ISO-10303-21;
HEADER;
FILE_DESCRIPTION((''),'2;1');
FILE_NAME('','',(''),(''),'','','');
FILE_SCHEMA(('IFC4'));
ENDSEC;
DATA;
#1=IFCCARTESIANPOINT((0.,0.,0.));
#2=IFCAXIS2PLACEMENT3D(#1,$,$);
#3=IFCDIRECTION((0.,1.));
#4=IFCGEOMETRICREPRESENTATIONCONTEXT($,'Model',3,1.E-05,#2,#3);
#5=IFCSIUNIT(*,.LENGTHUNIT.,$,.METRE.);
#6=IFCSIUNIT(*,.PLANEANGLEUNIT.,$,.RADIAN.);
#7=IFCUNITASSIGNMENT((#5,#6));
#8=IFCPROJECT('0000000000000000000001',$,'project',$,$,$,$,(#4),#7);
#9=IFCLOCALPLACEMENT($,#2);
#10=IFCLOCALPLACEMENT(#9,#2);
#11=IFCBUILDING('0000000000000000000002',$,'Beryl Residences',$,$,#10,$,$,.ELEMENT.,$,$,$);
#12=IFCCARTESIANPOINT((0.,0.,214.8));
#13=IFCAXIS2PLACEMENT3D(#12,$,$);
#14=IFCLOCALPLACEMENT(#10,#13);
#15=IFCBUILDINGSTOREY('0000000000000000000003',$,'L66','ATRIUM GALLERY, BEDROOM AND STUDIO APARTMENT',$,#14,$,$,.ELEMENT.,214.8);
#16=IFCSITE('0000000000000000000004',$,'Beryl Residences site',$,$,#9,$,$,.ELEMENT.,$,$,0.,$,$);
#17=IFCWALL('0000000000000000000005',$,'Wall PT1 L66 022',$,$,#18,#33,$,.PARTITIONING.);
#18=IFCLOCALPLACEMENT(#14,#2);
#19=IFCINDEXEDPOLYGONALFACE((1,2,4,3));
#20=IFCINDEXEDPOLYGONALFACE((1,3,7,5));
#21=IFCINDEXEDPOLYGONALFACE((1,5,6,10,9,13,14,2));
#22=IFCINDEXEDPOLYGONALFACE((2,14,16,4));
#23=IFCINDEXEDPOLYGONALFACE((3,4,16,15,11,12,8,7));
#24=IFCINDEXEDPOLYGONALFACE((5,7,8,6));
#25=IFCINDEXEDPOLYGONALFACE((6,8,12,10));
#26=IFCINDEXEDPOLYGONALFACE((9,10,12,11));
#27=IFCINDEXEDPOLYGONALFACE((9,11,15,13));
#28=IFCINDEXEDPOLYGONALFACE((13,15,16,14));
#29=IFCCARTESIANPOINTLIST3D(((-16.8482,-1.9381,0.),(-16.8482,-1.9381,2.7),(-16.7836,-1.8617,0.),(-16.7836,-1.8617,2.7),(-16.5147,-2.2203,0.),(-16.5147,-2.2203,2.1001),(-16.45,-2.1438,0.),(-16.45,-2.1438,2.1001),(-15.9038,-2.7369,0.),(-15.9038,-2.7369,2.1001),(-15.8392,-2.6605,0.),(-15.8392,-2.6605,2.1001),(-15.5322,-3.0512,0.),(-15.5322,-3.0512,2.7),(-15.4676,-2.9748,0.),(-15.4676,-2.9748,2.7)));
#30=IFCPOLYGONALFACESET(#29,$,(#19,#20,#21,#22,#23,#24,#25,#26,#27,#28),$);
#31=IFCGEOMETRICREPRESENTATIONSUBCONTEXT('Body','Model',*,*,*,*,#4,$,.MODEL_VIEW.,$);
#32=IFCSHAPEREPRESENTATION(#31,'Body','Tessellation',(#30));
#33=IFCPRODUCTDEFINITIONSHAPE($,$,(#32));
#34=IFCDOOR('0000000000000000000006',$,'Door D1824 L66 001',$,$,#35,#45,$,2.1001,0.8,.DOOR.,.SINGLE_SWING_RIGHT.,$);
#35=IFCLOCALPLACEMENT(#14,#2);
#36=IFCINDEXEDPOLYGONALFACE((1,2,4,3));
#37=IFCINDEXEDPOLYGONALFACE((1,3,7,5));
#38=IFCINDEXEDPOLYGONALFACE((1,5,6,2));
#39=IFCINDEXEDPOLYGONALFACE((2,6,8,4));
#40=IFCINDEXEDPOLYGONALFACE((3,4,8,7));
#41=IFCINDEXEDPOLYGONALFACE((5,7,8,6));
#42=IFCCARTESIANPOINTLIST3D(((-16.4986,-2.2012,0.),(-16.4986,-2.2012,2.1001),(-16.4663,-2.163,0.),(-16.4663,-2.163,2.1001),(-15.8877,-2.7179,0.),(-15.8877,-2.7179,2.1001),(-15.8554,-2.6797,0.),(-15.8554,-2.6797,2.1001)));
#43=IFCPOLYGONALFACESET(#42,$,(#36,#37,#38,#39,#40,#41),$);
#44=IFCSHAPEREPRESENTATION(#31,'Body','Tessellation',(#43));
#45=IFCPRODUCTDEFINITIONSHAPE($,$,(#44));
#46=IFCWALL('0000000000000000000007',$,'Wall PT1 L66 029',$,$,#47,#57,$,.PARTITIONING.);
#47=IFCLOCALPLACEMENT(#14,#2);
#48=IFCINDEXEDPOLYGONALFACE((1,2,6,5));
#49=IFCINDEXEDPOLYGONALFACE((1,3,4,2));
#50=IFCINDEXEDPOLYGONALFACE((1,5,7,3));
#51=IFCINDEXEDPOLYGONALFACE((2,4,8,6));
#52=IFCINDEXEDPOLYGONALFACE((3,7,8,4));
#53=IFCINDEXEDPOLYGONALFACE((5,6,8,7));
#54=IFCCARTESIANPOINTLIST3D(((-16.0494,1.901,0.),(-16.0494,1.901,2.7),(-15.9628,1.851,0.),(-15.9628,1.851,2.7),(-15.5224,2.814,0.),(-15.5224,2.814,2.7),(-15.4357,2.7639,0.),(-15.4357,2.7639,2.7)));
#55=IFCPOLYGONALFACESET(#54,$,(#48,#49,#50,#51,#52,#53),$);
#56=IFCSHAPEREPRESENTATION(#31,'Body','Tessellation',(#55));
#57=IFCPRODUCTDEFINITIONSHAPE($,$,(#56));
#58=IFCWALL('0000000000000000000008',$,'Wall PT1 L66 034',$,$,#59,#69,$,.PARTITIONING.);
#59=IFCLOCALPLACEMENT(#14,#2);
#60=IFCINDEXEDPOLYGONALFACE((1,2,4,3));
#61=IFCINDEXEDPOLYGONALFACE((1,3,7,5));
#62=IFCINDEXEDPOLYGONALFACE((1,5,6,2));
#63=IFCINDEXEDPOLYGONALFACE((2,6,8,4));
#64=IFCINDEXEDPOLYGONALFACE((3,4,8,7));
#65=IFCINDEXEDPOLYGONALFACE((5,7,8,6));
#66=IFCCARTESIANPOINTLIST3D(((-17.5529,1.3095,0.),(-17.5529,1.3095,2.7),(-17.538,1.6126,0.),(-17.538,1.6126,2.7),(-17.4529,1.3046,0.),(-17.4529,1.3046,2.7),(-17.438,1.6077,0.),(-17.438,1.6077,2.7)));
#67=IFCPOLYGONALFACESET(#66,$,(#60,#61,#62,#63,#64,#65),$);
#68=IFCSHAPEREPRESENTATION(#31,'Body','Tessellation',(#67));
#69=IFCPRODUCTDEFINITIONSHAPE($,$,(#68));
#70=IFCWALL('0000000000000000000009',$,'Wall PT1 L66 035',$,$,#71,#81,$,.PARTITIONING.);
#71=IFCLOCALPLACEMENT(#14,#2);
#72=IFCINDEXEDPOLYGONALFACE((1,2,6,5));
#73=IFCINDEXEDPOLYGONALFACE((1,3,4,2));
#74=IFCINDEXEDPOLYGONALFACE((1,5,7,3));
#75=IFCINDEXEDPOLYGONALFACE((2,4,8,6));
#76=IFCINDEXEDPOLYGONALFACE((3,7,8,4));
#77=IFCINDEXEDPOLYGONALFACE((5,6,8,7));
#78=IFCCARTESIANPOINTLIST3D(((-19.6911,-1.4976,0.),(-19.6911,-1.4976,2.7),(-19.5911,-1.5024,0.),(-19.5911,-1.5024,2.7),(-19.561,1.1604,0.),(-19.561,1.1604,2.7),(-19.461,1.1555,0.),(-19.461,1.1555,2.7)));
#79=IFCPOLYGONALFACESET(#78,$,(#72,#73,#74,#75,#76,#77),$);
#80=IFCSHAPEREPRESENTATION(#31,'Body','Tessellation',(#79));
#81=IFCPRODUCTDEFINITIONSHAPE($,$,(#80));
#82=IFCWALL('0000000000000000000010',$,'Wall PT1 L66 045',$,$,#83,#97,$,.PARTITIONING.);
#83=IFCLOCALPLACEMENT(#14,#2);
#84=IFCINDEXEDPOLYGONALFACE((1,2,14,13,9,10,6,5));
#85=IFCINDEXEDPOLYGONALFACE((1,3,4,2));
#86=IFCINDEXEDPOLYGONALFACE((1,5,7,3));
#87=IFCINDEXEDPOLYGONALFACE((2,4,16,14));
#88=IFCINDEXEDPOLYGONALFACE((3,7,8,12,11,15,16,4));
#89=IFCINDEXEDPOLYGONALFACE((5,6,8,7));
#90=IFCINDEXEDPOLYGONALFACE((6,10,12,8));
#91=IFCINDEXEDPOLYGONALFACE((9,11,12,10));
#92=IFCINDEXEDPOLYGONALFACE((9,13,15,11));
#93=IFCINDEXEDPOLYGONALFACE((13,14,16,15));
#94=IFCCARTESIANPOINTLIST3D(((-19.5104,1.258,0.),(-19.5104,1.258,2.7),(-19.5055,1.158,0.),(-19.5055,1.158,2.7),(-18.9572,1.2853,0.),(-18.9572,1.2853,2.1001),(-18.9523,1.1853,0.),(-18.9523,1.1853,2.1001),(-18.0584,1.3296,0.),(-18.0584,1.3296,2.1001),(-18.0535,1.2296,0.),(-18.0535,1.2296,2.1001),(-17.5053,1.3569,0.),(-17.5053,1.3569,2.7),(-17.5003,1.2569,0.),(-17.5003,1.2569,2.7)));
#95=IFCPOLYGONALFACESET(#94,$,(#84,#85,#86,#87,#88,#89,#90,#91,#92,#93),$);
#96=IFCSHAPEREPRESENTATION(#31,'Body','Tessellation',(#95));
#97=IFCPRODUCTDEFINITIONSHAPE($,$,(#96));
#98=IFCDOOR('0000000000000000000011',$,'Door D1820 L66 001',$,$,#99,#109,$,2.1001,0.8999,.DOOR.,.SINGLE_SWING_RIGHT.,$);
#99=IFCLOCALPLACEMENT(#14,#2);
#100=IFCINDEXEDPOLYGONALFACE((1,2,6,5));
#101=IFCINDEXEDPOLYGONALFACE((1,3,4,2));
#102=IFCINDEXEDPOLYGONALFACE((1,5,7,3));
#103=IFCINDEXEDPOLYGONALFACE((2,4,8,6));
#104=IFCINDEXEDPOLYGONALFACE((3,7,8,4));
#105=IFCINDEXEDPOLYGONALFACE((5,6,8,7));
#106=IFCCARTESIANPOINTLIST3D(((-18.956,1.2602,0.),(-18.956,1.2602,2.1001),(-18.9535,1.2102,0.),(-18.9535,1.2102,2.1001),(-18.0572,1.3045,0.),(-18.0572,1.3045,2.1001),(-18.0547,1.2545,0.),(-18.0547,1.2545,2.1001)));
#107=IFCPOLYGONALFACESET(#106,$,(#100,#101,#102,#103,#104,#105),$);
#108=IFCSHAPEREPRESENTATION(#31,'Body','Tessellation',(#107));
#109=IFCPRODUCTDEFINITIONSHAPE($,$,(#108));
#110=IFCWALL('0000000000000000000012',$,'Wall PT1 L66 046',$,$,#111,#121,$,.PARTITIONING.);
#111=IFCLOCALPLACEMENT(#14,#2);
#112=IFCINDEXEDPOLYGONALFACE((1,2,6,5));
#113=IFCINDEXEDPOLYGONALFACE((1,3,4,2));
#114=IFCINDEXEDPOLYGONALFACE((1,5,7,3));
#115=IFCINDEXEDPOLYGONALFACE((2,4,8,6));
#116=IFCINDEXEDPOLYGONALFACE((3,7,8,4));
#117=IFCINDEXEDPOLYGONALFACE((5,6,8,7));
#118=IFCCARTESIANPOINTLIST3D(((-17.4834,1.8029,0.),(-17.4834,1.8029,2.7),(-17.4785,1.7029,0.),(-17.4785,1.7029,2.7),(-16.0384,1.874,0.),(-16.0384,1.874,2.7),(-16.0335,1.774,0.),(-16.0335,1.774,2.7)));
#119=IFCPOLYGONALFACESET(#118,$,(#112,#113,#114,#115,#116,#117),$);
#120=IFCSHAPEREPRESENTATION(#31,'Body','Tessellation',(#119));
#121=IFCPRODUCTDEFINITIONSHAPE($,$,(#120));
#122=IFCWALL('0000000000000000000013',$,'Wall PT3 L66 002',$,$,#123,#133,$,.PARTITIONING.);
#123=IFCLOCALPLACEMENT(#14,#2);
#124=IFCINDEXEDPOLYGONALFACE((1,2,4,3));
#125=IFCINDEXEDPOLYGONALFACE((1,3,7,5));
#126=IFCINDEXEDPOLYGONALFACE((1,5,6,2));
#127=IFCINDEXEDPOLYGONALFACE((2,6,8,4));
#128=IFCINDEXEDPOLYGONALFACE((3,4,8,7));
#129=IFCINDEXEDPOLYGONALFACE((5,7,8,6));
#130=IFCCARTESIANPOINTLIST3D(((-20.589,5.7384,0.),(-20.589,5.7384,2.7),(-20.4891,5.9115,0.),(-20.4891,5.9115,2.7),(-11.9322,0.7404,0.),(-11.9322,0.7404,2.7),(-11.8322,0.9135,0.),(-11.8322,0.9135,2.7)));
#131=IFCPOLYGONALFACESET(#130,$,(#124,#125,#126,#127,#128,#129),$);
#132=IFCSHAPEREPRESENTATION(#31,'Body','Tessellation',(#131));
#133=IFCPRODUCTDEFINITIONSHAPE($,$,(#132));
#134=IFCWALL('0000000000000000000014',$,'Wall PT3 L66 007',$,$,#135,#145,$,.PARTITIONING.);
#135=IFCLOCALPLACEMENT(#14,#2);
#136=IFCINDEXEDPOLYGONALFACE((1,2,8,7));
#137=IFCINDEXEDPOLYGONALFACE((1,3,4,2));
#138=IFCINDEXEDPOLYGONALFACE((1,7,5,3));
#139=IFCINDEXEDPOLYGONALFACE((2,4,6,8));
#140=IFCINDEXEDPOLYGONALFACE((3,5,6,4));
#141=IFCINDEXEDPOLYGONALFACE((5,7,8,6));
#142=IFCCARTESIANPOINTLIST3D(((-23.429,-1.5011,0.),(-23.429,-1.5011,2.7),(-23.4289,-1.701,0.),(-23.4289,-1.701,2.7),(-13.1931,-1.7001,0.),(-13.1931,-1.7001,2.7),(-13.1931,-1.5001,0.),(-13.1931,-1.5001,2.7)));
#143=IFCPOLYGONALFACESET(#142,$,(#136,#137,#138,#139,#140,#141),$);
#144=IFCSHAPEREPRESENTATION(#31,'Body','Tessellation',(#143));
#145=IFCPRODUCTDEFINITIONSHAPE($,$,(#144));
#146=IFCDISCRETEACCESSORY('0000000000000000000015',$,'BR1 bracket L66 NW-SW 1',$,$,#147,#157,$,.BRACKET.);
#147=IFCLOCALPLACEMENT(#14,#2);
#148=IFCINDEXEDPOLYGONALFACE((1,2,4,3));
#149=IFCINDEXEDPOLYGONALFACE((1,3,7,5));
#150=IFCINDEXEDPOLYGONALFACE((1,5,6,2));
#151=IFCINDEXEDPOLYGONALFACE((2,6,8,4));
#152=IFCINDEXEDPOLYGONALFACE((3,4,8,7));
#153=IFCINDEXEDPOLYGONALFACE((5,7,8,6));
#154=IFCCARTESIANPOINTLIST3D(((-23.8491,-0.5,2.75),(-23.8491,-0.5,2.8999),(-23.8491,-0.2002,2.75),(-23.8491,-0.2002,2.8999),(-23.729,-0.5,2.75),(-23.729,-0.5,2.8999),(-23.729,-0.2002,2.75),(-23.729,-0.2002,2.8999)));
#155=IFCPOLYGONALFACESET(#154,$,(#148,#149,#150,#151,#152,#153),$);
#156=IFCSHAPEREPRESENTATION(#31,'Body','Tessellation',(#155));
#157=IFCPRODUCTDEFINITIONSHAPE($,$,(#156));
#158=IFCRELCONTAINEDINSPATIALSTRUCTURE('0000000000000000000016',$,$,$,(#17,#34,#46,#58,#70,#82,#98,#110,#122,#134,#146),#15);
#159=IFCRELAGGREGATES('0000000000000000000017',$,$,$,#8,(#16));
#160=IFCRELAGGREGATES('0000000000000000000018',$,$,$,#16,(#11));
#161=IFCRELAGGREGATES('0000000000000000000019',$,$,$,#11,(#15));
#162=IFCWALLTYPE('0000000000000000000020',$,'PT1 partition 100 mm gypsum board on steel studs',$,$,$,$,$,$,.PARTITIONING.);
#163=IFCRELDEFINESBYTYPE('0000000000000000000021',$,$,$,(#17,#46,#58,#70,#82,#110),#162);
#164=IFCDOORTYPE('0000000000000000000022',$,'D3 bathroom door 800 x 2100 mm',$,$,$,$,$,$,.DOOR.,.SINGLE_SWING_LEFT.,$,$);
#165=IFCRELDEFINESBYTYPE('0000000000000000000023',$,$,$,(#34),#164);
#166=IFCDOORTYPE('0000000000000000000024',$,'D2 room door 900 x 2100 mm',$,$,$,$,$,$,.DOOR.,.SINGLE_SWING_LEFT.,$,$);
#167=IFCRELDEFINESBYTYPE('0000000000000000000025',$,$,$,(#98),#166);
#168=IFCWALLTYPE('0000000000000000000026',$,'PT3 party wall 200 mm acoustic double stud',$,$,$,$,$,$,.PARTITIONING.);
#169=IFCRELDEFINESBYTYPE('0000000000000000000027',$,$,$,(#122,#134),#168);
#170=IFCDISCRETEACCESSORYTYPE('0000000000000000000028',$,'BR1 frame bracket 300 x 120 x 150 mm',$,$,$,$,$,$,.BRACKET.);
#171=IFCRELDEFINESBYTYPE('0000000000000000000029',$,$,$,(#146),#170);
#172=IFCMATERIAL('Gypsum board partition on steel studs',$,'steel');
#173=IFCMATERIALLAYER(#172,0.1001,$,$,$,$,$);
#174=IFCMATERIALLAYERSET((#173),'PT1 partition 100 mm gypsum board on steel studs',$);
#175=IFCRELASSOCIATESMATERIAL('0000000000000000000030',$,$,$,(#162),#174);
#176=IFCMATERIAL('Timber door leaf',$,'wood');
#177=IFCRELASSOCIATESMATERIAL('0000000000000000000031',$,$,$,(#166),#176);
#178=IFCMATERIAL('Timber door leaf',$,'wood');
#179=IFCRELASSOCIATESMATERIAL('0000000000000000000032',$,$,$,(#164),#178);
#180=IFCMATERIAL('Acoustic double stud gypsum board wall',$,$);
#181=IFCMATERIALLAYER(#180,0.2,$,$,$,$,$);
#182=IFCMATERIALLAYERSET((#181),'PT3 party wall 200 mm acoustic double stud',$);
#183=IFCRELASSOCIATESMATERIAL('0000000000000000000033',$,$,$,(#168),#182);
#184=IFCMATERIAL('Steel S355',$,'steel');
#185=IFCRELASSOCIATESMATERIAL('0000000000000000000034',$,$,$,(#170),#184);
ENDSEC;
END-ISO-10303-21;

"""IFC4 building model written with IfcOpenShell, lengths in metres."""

from ifc_helpers import new_model, si_unit, direction, frame, frame_2d, origin, place, context, subcontext, project, spatial, polyline, rectangle, outline, extrude, source, transform, mapped, material, layer, layer_set, type_object, type_shapes, element, fill, save


model = new_model("IFC4")

# Units and contexts
model_context = context("Model", 3, precision=1e-05, world=origin(), true_north=direction((0.0, 1.0)))
body_context = subcontext(model_context, "Body", "Model", "MODEL_VIEW")
ifc_project = project(units=[si_unit("LENGTHUNIT", "METRE"), si_unit("PLANEANGLEUNIT", "RADIAN")], contexts=[model_context])

# Site, building, storey
site_placement = place(None, origin())
site = spatial("IfcSite", under=ifc_project, at=site_placement, Name="Beryl Residences site", CompositionType="ELEMENT", RefElevation=0.0)
building_placement = place(site_placement, origin())
building = spatial("IfcBuilding", under=site, at=building_placement, Name="Beryl Residences", CompositionType="ELEMENT")
storey_placement = place(building_placement, frame((0.0, 0.0, 214.8)))
storey = spatial("IfcBuildingStorey", under=building, at=storey_placement, Name="L66", Description="ATRIUM GALLERY, BEDROOM AND STUDIO APARTMENT", CompositionType="ELEMENT", Elevation=214.8)

# Wall, opening, door
ifc_material_1 = material(Name="Gypsum board partition on steel studs", Category="steel")
ifc_layer_1 = layer(ifc_material_1, 0.1001)
ifc_layer_set_1 = layer_set([ifc_layer_1], Name="PT1 partition 100 mm gypsum board on steel studs")
wall_type_1 = type_object("IfcWallType", Name="PT1 partition 100 mm gypsum board on steel studs", PredefinedType="PARTITIONING", material=ifc_layer_set_1)
ifc_material_2 = material(Name="Timber door leaf", Category="wood")
door_type_1 = type_object("IfcDoorType", Name="D2 room door 900 x 2100 mm", OperationType="SINGLE_SWING_LEFT", PredefinedType="DOOR", material=ifc_material_2)
ifc_material_3 = material(Name="Timber door leaf", Category="wood")
door_type_2 = type_object("IfcDoorType", Name="D3 bathroom door 800 x 2100 mm", OperationType="SINGLE_SWING_LEFT", PredefinedType="DOOR", material=ifc_material_3)
wall_1_placement = place(storey_placement, frame((-16.8159, -1.8999, 0.0), z_axis=(0.0, 0.0, 1.0), x_axis=(0.76351, -0.645796, 0.0)))
wall_1 = element("IfcWall", 1, at=wall_1_placement, inside=storey, type_object=wall_type_1, Name="Wall PT1 L66 022", PredefinedType="PARTITIONING", context=body_context, shape_type="SweptSolid", body=[
    extrude(rectangle(XDim=1.7236, YDim=0.1001, at=frame_2d((0.8618, 0.0))), origin(), (0.0, 0.0, 1.0), 2.7),
])
opening_1_placement = place(wall_1_placement, frame((0.437, 0.0, 0.0)))
opening_1 = element("IfcOpeningElement", 2, at=opening_1_placement, cuts=wall_1, PredefinedType="OPENING", context=body_context, shape_type="SweptSolid", body=[
    extrude(rectangle(XDim=0.8, YDim=2.1001, at=frame_2d((0.3999, 1.05))), frame((0.0, 0.0601, 0.0), z_axis=(0.0, -1.0, 0.0), x_axis=(1.0, 0.0, 0.0)), (0.0, 0.0, 1.0), 0.1201),
])
door_1_placement = place(opening_1_placement, origin())
door_1 = element("IfcDoor", 3, at=door_1_placement, inside=storey, type_object=door_type_2, Name="Door D1824 L66 001", OperationType="SINGLE_SWING_RIGHT", OverallHeight=2.1001, OverallWidth=0.8, PredefinedType="DOOR", context=body_context, shape_type="SweptSolid", body=[
    extrude(rectangle(XDim=0.8, YDim=2.1001, at=frame_2d((0.3999, 1.05))), frame((0.0, 0.0249, 0.0), z_axis=(0.0, -1.0, 0.0), x_axis=(1.0, 0.0, 0.0)), (0.0, 0.0, 1.0), 0.05),
])
fill(opening_1, door_1)

# Walls
wall_2_placement = place(storey_placement, frame((-16.0061, 1.876, 0.0), z_axis=(0.0, 0.0, 1.0), x_axis=(0.49995, 0.866054, 0.0)))
element("IfcWall", 4, at=wall_2_placement, inside=storey, type_object=wall_type_1, Name="Wall PT1 L66 029", PredefinedType="PARTITIONING", context=body_context, shape_type="SweptSolid", body=[
    extrude(rectangle(XDim=1.0542, YDim=0.1001, at=frame_2d((0.5271, 0.0))), origin(), (0.0, 0.0, 1.0), 2.7),
])
wall_3_placement = place(storey_placement, frame((-17.5029, 1.3069, 0.0), z_axis=(0.0, 0.0, 1.0), x_axis=(0.049055, 0.998796, 0.0)))
element("IfcWall", 5, at=wall_3_placement, inside=storey, type_object=wall_type_1, Name="Wall PT1 L66 034", PredefinedType="PARTITIONING", context=body_context, shape_type="SweptSolid", body=[
    extrude(rectangle(XDim=0.3035, YDim=0.1001, at=frame_2d((0.1519, 0.0))), origin(), (0.0, 0.0, 1.0), 2.7),
])
wall_4_placement = place(storey_placement, frame((-19.6411, -1.5, 0.0), z_axis=(0.0, 0.0, 1.0), x_axis=(0.048899, 0.998804, 0.0)))
element("IfcWall", 6, at=wall_4_placement, inside=storey, type_object=wall_type_1, Name="Wall PT1 L66 035", PredefinedType="PARTITIONING", context=body_context, shape_type="SweptSolid", body=[
    extrude(rectangle(XDim=2.6611, YDim=0.1001, at=frame_2d((1.3306, 0.0))), origin(), (0.0, 0.0, 1.0), 2.7),
])

# Wall, opening, door
wall_5_placement = place(storey_placement, frame((-19.5081, 1.208, 0.0), z_axis=(0.0, 0.0, 1.0), x_axis=(0.998786, 0.049252, 0.0)))
wall_5 = element("IfcWall", 7, at=wall_5_placement, inside=storey, type_object=wall_type_1, Name="Wall PT1 L66 045", PredefinedType="PARTITIONING", context=body_context, shape_type="SweptSolid", body=[
    extrude(rectangle(XDim=2.0076, YDim=0.1001, at=frame_2d((1.0039, 0.0))), origin(), (0.0, 0.0, 1.0), 2.7),
])
opening_2_placement = place(wall_5_placement, frame((0.554, 0.0, 0.0)))
opening_2 = element("IfcOpeningElement", 8, at=opening_2_placement, cuts=wall_5, PredefinedType="OPENING", context=body_context, shape_type="SweptSolid", body=[
    extrude(rectangle(XDim=0.8999, YDim=2.1001, at=frame_2d((0.45, 1.05))), frame((0.0, 0.0601, 0.0), z_axis=(0.0, -1.0, 0.0), x_axis=(1.0, 0.0, 0.0)), (0.0, 0.0, 1.0), 0.1201),
])
door_2_placement = place(opening_2_placement, origin())
door_2 = element("IfcDoor", 9, at=door_2_placement, inside=storey, type_object=door_type_1, Name="Door D1820 L66 001", OperationType="SINGLE_SWING_RIGHT", OverallHeight=2.1001, OverallWidth=0.8999, PredefinedType="DOOR", context=body_context, shape_type="SweptSolid", body=[
    extrude(rectangle(XDim=0.8999, YDim=2.1001, at=frame_2d((0.45, 1.05))), frame((0.0, 0.0249, 0.0), z_axis=(0.0, -1.0, 0.0), x_axis=(1.0, 0.0, 0.0)), (0.0, 0.0, 1.0), 0.05),
])
fill(opening_2, door_2)

# Walls
wall_6_placement = place(storey_placement, frame((-17.481, 1.7529, 0.0), z_axis=(0.0, 0.0, 1.0), x_axis=(0.998794, 0.049104, 0.0)))
element("IfcWall", 10, at=wall_6_placement, inside=storey, type_object=wall_type_1, Name="Wall PT1 L66 046", PredefinedType="PARTITIONING", context=body_context, shape_type="SweptSolid", body=[
    extrude(rectangle(XDim=1.4468, YDim=0.1001, at=frame_2d((0.7234, 0.0))), origin(), (0.0, 0.0, 1.0), 2.7),
])
ifc_material_4 = material(Name="Acoustic double stud gypsum board wall")
ifc_layer_2 = layer(ifc_material_4, 0.2)
ifc_layer_set_2 = layer_set([ifc_layer_2], Name="PT3 party wall 200 mm acoustic double stud")
wall_type_2 = type_object("IfcWallType", Name="PT3 party wall 200 mm acoustic double stud", PredefinedType="PARTITIONING", material=ifc_layer_set_2)
wall_7_placement = place(storey_placement, frame((-20.5391, 5.825, 0.0), z_axis=(0.0, 0.0, 1.0), x_axis=(0.866028, -0.499995, 0.0)))
element("IfcWall", 11, at=wall_7_placement, inside=storey, type_object=wall_type_2, Name="Wall PT3 L66 002", PredefinedType="PARTITIONING", context=body_context, shape_type="SweptSolid", body=[
    extrude(rectangle(XDim=9.9961, YDim=0.2, at=frame_2d((4.998, 0.0))), origin(), (0.0, 0.0, 1.0), 2.7),
])
wall_8_placement = place(storey_placement, frame((-23.429, -1.6011, 0.0), z_axis=(0.0, 0.0, 1.0), x_axis=(1.0, 0.000095, 0.0)))
element("IfcWall", 12, at=wall_8_placement, inside=storey, type_object=wall_type_2, Name="Wall PT3 L66 007", PredefinedType="PARTITIONING", context=body_context, shape_type="SweptSolid", body=[
    extrude(rectangle(XDim=10.2358, YDim=0.2, at=frame_2d((5.1179, 0.0))), origin(), (0.0, 0.0, 1.0), 2.7),
])

# Discrete accessory
ifc_material_5 = material(Name="Steel S355", Category="steel")
discrete_accessory_type = type_object("IfcDiscreteAccessoryType", Name="BR1 frame bracket 300 x 120 x 150 mm", PredefinedType="BRACKET", material=ifc_material_5)
shared_shape_1 = source(origin(), body_context, "Body", "SweptSolid", [
    extrude(outline(polyline([(-0.1499, 0.0), (0.1499, 0.0), (0.1499, 0.1201), (-0.1499, 0.1201), (-0.1499, 0.0)])), origin(), (0.0, 0.0, 1.0), 0.1499),
])
type_shapes(discrete_accessory_type, [shared_shape_1])
discrete_accessory_placement = place(storey_placement, frame((-23.729, -0.3501, 2.75), z_axis=(0.0, 0.0, 1.0), x_axis=(0.0, 1.0, 0.0)))
element("IfcDiscreteAccessory", 13, at=discrete_accessory_placement, inside=storey, type_object=discrete_accessory_type, Name="BR1 bracket L66 NW-SW 1", PredefinedType="BRACKET", context=body_context, shape_type="MappedRepresentation", body=[
    mapped(shared_shape_1, transform((0.0, 0.0, 0.0))),
])

save(model, "model.ifc")
